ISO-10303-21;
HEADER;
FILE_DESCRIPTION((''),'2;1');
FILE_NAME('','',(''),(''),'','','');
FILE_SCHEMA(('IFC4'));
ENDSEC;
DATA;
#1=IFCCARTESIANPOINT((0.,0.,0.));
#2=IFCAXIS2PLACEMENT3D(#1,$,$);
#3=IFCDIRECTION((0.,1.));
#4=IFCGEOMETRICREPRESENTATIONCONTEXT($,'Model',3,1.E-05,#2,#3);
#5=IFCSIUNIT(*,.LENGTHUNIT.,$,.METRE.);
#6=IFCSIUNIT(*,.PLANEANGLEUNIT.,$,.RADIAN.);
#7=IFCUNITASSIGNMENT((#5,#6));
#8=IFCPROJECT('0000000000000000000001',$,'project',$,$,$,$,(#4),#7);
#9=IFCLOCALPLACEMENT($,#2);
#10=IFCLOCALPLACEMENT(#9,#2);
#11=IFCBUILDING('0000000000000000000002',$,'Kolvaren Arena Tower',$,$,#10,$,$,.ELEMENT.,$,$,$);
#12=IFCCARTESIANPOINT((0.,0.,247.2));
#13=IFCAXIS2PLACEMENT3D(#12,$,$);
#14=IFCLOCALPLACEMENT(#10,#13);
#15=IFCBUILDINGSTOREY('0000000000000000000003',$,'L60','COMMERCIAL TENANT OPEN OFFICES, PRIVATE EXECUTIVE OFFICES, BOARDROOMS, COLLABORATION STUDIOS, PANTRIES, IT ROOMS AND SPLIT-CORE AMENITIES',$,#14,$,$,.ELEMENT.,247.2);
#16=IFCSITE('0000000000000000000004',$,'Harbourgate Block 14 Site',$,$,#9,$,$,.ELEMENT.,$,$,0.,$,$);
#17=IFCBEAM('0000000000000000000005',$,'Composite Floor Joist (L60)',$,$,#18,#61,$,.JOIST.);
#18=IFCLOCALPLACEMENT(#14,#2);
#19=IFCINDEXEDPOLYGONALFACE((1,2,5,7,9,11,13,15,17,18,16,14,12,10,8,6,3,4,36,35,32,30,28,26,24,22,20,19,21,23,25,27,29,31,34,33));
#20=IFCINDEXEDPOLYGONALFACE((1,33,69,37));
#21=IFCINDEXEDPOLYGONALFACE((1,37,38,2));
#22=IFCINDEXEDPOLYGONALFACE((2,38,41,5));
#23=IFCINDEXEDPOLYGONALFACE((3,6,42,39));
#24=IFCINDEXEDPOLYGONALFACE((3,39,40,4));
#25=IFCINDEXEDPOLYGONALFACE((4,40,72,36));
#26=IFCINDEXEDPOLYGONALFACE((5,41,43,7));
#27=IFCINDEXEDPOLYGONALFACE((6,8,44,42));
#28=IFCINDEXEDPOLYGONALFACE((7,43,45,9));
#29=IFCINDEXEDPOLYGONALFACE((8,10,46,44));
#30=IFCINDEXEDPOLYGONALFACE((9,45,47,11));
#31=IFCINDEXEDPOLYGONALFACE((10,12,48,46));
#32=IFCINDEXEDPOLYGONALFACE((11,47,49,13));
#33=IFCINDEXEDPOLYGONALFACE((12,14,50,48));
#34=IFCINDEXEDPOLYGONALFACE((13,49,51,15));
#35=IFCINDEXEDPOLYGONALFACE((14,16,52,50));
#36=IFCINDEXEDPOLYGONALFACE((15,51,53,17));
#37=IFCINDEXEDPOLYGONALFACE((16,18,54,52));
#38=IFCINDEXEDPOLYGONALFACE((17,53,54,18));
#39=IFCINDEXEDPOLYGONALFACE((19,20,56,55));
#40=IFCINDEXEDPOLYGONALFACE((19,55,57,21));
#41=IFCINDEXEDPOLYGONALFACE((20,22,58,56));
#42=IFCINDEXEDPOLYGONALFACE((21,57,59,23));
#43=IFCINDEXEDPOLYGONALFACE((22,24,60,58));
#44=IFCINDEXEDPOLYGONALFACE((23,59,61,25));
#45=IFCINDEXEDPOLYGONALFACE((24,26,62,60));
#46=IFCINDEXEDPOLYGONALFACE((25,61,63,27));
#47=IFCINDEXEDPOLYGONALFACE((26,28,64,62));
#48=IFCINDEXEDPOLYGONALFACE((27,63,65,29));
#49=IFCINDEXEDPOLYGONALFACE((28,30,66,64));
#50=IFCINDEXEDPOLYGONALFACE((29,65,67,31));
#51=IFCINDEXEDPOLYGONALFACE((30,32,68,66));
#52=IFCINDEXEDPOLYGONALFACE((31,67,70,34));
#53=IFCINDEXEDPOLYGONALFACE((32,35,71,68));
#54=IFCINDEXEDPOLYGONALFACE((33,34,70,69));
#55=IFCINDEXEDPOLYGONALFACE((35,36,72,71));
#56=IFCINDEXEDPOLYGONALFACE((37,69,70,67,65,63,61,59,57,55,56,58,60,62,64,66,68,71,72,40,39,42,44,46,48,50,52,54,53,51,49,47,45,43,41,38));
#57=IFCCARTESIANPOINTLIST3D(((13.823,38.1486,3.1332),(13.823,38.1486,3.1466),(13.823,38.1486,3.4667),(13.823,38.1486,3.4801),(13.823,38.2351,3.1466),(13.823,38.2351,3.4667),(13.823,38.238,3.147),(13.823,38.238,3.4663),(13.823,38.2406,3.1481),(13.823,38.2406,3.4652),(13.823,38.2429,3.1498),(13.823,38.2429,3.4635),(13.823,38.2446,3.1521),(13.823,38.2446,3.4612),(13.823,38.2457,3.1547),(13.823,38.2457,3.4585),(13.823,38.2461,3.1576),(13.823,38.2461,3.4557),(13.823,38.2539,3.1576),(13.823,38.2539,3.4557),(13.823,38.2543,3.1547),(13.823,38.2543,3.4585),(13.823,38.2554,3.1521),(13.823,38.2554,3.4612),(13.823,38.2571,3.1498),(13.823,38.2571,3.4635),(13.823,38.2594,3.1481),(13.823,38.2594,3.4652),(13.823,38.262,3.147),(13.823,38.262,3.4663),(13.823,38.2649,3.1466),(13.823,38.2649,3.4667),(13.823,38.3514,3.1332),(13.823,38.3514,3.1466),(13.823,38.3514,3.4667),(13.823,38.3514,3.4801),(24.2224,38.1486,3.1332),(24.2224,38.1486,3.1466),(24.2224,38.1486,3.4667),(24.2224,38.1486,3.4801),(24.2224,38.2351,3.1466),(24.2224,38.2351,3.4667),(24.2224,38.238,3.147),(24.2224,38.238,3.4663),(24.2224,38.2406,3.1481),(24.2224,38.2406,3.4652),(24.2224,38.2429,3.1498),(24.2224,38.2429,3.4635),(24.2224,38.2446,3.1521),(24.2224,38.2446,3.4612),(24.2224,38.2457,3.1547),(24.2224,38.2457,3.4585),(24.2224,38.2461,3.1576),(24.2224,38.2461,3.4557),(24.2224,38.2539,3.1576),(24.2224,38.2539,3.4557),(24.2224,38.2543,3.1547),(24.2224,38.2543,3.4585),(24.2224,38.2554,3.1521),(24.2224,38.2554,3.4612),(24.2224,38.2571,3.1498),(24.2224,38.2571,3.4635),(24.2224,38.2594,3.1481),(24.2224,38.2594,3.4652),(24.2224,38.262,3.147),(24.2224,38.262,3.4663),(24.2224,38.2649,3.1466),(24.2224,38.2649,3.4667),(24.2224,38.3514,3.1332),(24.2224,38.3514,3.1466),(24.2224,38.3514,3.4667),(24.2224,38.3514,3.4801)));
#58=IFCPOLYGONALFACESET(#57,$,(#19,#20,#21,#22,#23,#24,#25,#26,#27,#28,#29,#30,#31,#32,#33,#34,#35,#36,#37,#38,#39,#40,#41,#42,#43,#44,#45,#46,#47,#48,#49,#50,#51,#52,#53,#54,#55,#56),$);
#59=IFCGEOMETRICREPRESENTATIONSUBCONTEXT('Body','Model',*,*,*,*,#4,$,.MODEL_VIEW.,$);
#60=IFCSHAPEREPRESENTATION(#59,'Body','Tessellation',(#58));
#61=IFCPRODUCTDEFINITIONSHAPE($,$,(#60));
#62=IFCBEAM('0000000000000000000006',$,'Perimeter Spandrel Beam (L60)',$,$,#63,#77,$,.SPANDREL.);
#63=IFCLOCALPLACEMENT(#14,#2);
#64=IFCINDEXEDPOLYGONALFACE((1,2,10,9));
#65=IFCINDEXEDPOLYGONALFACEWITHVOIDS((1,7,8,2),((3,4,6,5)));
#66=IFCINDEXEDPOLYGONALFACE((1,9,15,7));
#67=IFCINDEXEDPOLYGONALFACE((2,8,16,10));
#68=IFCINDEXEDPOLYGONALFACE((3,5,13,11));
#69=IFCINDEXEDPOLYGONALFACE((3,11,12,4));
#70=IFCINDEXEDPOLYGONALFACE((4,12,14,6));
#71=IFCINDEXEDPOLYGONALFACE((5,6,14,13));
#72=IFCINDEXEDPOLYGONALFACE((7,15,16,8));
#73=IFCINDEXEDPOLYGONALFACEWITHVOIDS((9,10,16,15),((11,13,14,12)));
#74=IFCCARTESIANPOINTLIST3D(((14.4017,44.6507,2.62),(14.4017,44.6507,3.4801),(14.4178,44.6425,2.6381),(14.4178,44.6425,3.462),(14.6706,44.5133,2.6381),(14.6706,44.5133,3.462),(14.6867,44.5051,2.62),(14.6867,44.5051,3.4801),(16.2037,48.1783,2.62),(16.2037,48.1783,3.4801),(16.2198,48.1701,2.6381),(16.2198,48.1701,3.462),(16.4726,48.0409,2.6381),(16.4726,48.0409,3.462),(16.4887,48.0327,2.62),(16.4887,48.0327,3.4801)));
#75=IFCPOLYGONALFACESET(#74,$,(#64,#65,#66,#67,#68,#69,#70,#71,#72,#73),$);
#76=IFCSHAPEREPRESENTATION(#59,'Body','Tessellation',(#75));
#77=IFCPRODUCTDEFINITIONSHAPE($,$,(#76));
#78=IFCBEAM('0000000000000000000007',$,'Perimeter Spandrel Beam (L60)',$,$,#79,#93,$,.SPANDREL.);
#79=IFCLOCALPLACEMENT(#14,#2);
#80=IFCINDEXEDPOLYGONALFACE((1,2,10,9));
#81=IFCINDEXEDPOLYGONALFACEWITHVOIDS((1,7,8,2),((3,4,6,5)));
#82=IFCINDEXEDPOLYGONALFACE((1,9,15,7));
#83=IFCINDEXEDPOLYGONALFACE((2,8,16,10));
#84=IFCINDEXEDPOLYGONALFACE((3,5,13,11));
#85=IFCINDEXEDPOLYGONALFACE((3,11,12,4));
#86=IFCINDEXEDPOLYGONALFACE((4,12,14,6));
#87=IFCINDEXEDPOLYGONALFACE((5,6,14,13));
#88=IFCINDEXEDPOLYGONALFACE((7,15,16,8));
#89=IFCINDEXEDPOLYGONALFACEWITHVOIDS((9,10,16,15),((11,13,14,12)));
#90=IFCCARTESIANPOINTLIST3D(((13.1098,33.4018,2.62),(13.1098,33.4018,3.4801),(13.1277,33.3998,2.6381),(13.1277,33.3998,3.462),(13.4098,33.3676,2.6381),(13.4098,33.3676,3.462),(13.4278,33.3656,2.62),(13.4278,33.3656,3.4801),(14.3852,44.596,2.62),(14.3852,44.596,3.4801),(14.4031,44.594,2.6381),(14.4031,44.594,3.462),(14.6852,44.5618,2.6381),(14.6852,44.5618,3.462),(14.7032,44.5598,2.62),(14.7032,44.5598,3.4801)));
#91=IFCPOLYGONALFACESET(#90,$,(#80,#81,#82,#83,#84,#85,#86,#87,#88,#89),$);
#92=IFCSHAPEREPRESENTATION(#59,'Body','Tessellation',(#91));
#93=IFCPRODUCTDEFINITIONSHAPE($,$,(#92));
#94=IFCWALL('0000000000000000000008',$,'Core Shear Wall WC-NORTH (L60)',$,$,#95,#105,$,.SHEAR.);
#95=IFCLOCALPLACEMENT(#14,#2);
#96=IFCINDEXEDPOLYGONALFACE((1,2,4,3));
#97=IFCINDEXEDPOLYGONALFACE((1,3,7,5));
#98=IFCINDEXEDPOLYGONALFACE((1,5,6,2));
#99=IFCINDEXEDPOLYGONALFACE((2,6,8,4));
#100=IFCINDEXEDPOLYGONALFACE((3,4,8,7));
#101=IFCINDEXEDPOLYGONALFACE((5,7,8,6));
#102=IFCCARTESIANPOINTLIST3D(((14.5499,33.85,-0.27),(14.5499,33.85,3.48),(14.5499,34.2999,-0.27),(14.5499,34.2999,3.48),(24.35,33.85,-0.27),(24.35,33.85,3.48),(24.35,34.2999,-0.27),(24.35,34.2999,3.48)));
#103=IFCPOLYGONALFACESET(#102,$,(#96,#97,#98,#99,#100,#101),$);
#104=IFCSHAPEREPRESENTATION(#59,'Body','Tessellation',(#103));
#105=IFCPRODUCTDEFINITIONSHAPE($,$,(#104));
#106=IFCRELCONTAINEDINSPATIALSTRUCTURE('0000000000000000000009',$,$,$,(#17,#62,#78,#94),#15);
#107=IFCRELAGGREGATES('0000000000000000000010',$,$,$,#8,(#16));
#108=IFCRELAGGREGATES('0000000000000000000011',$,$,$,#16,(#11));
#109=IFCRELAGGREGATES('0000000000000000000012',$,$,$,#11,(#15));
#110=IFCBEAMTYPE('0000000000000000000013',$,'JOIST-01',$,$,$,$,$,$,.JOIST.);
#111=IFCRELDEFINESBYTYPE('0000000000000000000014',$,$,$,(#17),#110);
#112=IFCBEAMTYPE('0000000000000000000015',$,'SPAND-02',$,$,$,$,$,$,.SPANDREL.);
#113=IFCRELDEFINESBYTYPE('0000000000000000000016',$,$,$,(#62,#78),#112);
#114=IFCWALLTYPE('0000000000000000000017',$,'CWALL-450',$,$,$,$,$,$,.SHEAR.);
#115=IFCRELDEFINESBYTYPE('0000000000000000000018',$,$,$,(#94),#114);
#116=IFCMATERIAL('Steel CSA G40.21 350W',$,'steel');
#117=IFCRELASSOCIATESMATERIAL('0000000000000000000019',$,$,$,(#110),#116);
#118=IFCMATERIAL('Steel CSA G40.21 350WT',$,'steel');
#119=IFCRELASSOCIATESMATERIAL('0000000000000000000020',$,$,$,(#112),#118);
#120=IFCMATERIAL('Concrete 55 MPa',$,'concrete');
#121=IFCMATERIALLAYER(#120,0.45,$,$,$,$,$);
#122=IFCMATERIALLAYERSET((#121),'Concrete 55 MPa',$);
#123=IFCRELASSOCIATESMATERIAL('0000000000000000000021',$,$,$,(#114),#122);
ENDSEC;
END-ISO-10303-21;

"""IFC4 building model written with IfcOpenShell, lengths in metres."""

from ifc_helpers import new_model, si_unit, direction, frame, frame_2d, origin, origin_2d, place, context, subcontext, project, spatial, rectangle, hollow_rectangle, i_section, extrude, material, layer, layer_set, material_profile, profile_set, type_object, element, save


model = new_model("IFC4")

# Units and contexts
model_context = context("Model", 3, precision=1e-05, world=origin(), true_north=direction((0.0, 1.0)))
body_context = subcontext(model_context, "Body", "Model", "MODEL_VIEW")
ifc_project = project(units=[si_unit("LENGTHUNIT", "METRE"), si_unit("PLANEANGLEUNIT", "RADIAN")], contexts=[model_context])

# Site, building, storey
site_placement = place(None, origin())
site = spatial("IfcSite", under=ifc_project, at=site_placement, Name="Harbourgate Block 14 Site", CompositionType="ELEMENT", RefElevation=0.0)
building_placement = place(site_placement, origin())
building = spatial("IfcBuilding", under=site, at=building_placement, Name="Kolvaren Arena Tower", CompositionType="ELEMENT")
storey_placement = place(building_placement, frame((0.0, 0.0, 247.2)))
storey = spatial("IfcBuildingStorey", under=building, at=storey_placement, Name="L60", Description="COMMERCIAL TENANT OPEN OFFICES, PRIVATE EXECUTIVE OFFICES, BOARDROOMS, COLLABORATION STUDIOS, PANTRIES, IT ROOMS AND SPLIT-CORE AMENITIES", CompositionType="ELEMENT", Elevation=247.2)

# Beams
ifc_material_1 = material(Name="Steel CSA G40.21 350W", Category="steel")
ifc_material_profile_1 = material_profile(ifc_material_1, i_section(OverallWidth=0.2029, OverallDepth=0.3469, WebThickness=0.0078, FlangeThickness=0.0134, FilletRadius=0.011, at=origin_2d()), Name="W360x64")
ifc_profile_set_1 = profile_set([ifc_material_profile_1], Name="Steel CSA G40.21 350W")
beam_type_1 = type_object("IfcBeamType", Name="JOIST-01", PredefinedType="JOIST", material=ifc_profile_set_1)
beam_1_placement = place(storey_placement, frame((13.823, 38.25, 3.3066), z_axis=(1.0, 0.0, 0.0), x_axis=(0.0, 1.0, 0.0)))
element("IfcBeam", 1, at=beam_1_placement, inside=storey, type_object=beam_type_1, Name="Composite Floor Joist (L60)", PredefinedType="JOIST", context=body_context, shape_type="SweptSolid", body=[
    extrude(i_section(OverallWidth=0.2029, OverallDepth=0.3469, WebThickness=0.0078, FlangeThickness=0.0134, FilletRadius=0.011, at=origin_2d()), origin(), (0.0, 0.0, 1.0), 10.3994),
])
ifc_material_2 = material(Name="Steel CSA G40.21 350WT", Category="steel")
ifc_material_profile_2 = material_profile(ifc_material_2, hollow_rectangle(XDim=0.3201, YDim=0.8601, WallThickness=0.0181, at=origin_2d()), Name="HSS 860x320x18")
ifc_profile_set_2 = profile_set([ifc_material_profile_2], Name="Steel CSA G40.21 350WT")
beam_type_2 = type_object("IfcBeamType", Name="SPAND-02", PredefinedType="SPANDREL", material=ifc_profile_set_2)
beam_2_placement = place(storey_placement, frame((16.3462, 48.1055, 3.05), z_axis=(-0.454913, -0.890536, 0.0), x_axis=(0.890536, -0.454913, 0.0)))
element("IfcBeam", 2, at=beam_2_placement, inside=storey, type_object=beam_type_2, Name="Perimeter Spandrel Beam (L60)", PredefinedType="SPANDREL", context=body_context, shape_type="SweptSolid", body=[
    extrude(hollow_rectangle(XDim=0.3201, YDim=0.8601, WallThickness=0.0181, at=origin_2d()), origin(), (0.0, 0.0, 1.0), 3.9612),
])
beam_3_placement = place(storey_placement, frame((14.5442, 44.5779, 3.05), z_axis=(-0.113202, -0.993572, 0.0), x_axis=(0.993572, -0.113202, 0.0)))
element("IfcBeam", 3, at=beam_3_placement, inside=storey, type_object=beam_type_2, Name="Perimeter Spandrel Beam (L60)", PredefinedType="SPANDREL", context=body_context, shape_type="SweptSolid", body=[
    extrude(hollow_rectangle(XDim=0.3201, YDim=0.8601, WallThickness=0.0181, at=origin_2d()), origin(), (0.0, 0.0, 1.0), 11.2666),
])

# Wall
ifc_material_3 = material(Name="Concrete 55 MPa", Category="concrete")
ifc_layer_1 = layer(ifc_material_3, 0.45)
ifc_layer_set_1 = layer_set([ifc_layer_1], Name="Concrete 55 MPa")
wall_type_1 = type_object("IfcWallType", Name="CWALL-450", PredefinedType="SHEAR", material=ifc_layer_set_1)
wall_1_placement = place(storey_placement, frame((14.55, 34.075, -0.27), z_axis=(0.0, 0.0, 1.0), x_axis=(1.0, 0.0, 0.0)))
element("IfcWall", 4, at=wall_1_placement, inside=storey, type_object=wall_type_1, Name="Core Shear Wall WC-NORTH (L60)", PredefinedType="SHEAR", context=body_context, shape_type="SweptSolid", body=[
    extrude(rectangle(XDim=9.8, YDim=0.45, at=frame_2d((4.8999, 0.0))), origin(), (0.0, 0.0, 1.0), 3.75),
])

save(model, "model.ifc")
